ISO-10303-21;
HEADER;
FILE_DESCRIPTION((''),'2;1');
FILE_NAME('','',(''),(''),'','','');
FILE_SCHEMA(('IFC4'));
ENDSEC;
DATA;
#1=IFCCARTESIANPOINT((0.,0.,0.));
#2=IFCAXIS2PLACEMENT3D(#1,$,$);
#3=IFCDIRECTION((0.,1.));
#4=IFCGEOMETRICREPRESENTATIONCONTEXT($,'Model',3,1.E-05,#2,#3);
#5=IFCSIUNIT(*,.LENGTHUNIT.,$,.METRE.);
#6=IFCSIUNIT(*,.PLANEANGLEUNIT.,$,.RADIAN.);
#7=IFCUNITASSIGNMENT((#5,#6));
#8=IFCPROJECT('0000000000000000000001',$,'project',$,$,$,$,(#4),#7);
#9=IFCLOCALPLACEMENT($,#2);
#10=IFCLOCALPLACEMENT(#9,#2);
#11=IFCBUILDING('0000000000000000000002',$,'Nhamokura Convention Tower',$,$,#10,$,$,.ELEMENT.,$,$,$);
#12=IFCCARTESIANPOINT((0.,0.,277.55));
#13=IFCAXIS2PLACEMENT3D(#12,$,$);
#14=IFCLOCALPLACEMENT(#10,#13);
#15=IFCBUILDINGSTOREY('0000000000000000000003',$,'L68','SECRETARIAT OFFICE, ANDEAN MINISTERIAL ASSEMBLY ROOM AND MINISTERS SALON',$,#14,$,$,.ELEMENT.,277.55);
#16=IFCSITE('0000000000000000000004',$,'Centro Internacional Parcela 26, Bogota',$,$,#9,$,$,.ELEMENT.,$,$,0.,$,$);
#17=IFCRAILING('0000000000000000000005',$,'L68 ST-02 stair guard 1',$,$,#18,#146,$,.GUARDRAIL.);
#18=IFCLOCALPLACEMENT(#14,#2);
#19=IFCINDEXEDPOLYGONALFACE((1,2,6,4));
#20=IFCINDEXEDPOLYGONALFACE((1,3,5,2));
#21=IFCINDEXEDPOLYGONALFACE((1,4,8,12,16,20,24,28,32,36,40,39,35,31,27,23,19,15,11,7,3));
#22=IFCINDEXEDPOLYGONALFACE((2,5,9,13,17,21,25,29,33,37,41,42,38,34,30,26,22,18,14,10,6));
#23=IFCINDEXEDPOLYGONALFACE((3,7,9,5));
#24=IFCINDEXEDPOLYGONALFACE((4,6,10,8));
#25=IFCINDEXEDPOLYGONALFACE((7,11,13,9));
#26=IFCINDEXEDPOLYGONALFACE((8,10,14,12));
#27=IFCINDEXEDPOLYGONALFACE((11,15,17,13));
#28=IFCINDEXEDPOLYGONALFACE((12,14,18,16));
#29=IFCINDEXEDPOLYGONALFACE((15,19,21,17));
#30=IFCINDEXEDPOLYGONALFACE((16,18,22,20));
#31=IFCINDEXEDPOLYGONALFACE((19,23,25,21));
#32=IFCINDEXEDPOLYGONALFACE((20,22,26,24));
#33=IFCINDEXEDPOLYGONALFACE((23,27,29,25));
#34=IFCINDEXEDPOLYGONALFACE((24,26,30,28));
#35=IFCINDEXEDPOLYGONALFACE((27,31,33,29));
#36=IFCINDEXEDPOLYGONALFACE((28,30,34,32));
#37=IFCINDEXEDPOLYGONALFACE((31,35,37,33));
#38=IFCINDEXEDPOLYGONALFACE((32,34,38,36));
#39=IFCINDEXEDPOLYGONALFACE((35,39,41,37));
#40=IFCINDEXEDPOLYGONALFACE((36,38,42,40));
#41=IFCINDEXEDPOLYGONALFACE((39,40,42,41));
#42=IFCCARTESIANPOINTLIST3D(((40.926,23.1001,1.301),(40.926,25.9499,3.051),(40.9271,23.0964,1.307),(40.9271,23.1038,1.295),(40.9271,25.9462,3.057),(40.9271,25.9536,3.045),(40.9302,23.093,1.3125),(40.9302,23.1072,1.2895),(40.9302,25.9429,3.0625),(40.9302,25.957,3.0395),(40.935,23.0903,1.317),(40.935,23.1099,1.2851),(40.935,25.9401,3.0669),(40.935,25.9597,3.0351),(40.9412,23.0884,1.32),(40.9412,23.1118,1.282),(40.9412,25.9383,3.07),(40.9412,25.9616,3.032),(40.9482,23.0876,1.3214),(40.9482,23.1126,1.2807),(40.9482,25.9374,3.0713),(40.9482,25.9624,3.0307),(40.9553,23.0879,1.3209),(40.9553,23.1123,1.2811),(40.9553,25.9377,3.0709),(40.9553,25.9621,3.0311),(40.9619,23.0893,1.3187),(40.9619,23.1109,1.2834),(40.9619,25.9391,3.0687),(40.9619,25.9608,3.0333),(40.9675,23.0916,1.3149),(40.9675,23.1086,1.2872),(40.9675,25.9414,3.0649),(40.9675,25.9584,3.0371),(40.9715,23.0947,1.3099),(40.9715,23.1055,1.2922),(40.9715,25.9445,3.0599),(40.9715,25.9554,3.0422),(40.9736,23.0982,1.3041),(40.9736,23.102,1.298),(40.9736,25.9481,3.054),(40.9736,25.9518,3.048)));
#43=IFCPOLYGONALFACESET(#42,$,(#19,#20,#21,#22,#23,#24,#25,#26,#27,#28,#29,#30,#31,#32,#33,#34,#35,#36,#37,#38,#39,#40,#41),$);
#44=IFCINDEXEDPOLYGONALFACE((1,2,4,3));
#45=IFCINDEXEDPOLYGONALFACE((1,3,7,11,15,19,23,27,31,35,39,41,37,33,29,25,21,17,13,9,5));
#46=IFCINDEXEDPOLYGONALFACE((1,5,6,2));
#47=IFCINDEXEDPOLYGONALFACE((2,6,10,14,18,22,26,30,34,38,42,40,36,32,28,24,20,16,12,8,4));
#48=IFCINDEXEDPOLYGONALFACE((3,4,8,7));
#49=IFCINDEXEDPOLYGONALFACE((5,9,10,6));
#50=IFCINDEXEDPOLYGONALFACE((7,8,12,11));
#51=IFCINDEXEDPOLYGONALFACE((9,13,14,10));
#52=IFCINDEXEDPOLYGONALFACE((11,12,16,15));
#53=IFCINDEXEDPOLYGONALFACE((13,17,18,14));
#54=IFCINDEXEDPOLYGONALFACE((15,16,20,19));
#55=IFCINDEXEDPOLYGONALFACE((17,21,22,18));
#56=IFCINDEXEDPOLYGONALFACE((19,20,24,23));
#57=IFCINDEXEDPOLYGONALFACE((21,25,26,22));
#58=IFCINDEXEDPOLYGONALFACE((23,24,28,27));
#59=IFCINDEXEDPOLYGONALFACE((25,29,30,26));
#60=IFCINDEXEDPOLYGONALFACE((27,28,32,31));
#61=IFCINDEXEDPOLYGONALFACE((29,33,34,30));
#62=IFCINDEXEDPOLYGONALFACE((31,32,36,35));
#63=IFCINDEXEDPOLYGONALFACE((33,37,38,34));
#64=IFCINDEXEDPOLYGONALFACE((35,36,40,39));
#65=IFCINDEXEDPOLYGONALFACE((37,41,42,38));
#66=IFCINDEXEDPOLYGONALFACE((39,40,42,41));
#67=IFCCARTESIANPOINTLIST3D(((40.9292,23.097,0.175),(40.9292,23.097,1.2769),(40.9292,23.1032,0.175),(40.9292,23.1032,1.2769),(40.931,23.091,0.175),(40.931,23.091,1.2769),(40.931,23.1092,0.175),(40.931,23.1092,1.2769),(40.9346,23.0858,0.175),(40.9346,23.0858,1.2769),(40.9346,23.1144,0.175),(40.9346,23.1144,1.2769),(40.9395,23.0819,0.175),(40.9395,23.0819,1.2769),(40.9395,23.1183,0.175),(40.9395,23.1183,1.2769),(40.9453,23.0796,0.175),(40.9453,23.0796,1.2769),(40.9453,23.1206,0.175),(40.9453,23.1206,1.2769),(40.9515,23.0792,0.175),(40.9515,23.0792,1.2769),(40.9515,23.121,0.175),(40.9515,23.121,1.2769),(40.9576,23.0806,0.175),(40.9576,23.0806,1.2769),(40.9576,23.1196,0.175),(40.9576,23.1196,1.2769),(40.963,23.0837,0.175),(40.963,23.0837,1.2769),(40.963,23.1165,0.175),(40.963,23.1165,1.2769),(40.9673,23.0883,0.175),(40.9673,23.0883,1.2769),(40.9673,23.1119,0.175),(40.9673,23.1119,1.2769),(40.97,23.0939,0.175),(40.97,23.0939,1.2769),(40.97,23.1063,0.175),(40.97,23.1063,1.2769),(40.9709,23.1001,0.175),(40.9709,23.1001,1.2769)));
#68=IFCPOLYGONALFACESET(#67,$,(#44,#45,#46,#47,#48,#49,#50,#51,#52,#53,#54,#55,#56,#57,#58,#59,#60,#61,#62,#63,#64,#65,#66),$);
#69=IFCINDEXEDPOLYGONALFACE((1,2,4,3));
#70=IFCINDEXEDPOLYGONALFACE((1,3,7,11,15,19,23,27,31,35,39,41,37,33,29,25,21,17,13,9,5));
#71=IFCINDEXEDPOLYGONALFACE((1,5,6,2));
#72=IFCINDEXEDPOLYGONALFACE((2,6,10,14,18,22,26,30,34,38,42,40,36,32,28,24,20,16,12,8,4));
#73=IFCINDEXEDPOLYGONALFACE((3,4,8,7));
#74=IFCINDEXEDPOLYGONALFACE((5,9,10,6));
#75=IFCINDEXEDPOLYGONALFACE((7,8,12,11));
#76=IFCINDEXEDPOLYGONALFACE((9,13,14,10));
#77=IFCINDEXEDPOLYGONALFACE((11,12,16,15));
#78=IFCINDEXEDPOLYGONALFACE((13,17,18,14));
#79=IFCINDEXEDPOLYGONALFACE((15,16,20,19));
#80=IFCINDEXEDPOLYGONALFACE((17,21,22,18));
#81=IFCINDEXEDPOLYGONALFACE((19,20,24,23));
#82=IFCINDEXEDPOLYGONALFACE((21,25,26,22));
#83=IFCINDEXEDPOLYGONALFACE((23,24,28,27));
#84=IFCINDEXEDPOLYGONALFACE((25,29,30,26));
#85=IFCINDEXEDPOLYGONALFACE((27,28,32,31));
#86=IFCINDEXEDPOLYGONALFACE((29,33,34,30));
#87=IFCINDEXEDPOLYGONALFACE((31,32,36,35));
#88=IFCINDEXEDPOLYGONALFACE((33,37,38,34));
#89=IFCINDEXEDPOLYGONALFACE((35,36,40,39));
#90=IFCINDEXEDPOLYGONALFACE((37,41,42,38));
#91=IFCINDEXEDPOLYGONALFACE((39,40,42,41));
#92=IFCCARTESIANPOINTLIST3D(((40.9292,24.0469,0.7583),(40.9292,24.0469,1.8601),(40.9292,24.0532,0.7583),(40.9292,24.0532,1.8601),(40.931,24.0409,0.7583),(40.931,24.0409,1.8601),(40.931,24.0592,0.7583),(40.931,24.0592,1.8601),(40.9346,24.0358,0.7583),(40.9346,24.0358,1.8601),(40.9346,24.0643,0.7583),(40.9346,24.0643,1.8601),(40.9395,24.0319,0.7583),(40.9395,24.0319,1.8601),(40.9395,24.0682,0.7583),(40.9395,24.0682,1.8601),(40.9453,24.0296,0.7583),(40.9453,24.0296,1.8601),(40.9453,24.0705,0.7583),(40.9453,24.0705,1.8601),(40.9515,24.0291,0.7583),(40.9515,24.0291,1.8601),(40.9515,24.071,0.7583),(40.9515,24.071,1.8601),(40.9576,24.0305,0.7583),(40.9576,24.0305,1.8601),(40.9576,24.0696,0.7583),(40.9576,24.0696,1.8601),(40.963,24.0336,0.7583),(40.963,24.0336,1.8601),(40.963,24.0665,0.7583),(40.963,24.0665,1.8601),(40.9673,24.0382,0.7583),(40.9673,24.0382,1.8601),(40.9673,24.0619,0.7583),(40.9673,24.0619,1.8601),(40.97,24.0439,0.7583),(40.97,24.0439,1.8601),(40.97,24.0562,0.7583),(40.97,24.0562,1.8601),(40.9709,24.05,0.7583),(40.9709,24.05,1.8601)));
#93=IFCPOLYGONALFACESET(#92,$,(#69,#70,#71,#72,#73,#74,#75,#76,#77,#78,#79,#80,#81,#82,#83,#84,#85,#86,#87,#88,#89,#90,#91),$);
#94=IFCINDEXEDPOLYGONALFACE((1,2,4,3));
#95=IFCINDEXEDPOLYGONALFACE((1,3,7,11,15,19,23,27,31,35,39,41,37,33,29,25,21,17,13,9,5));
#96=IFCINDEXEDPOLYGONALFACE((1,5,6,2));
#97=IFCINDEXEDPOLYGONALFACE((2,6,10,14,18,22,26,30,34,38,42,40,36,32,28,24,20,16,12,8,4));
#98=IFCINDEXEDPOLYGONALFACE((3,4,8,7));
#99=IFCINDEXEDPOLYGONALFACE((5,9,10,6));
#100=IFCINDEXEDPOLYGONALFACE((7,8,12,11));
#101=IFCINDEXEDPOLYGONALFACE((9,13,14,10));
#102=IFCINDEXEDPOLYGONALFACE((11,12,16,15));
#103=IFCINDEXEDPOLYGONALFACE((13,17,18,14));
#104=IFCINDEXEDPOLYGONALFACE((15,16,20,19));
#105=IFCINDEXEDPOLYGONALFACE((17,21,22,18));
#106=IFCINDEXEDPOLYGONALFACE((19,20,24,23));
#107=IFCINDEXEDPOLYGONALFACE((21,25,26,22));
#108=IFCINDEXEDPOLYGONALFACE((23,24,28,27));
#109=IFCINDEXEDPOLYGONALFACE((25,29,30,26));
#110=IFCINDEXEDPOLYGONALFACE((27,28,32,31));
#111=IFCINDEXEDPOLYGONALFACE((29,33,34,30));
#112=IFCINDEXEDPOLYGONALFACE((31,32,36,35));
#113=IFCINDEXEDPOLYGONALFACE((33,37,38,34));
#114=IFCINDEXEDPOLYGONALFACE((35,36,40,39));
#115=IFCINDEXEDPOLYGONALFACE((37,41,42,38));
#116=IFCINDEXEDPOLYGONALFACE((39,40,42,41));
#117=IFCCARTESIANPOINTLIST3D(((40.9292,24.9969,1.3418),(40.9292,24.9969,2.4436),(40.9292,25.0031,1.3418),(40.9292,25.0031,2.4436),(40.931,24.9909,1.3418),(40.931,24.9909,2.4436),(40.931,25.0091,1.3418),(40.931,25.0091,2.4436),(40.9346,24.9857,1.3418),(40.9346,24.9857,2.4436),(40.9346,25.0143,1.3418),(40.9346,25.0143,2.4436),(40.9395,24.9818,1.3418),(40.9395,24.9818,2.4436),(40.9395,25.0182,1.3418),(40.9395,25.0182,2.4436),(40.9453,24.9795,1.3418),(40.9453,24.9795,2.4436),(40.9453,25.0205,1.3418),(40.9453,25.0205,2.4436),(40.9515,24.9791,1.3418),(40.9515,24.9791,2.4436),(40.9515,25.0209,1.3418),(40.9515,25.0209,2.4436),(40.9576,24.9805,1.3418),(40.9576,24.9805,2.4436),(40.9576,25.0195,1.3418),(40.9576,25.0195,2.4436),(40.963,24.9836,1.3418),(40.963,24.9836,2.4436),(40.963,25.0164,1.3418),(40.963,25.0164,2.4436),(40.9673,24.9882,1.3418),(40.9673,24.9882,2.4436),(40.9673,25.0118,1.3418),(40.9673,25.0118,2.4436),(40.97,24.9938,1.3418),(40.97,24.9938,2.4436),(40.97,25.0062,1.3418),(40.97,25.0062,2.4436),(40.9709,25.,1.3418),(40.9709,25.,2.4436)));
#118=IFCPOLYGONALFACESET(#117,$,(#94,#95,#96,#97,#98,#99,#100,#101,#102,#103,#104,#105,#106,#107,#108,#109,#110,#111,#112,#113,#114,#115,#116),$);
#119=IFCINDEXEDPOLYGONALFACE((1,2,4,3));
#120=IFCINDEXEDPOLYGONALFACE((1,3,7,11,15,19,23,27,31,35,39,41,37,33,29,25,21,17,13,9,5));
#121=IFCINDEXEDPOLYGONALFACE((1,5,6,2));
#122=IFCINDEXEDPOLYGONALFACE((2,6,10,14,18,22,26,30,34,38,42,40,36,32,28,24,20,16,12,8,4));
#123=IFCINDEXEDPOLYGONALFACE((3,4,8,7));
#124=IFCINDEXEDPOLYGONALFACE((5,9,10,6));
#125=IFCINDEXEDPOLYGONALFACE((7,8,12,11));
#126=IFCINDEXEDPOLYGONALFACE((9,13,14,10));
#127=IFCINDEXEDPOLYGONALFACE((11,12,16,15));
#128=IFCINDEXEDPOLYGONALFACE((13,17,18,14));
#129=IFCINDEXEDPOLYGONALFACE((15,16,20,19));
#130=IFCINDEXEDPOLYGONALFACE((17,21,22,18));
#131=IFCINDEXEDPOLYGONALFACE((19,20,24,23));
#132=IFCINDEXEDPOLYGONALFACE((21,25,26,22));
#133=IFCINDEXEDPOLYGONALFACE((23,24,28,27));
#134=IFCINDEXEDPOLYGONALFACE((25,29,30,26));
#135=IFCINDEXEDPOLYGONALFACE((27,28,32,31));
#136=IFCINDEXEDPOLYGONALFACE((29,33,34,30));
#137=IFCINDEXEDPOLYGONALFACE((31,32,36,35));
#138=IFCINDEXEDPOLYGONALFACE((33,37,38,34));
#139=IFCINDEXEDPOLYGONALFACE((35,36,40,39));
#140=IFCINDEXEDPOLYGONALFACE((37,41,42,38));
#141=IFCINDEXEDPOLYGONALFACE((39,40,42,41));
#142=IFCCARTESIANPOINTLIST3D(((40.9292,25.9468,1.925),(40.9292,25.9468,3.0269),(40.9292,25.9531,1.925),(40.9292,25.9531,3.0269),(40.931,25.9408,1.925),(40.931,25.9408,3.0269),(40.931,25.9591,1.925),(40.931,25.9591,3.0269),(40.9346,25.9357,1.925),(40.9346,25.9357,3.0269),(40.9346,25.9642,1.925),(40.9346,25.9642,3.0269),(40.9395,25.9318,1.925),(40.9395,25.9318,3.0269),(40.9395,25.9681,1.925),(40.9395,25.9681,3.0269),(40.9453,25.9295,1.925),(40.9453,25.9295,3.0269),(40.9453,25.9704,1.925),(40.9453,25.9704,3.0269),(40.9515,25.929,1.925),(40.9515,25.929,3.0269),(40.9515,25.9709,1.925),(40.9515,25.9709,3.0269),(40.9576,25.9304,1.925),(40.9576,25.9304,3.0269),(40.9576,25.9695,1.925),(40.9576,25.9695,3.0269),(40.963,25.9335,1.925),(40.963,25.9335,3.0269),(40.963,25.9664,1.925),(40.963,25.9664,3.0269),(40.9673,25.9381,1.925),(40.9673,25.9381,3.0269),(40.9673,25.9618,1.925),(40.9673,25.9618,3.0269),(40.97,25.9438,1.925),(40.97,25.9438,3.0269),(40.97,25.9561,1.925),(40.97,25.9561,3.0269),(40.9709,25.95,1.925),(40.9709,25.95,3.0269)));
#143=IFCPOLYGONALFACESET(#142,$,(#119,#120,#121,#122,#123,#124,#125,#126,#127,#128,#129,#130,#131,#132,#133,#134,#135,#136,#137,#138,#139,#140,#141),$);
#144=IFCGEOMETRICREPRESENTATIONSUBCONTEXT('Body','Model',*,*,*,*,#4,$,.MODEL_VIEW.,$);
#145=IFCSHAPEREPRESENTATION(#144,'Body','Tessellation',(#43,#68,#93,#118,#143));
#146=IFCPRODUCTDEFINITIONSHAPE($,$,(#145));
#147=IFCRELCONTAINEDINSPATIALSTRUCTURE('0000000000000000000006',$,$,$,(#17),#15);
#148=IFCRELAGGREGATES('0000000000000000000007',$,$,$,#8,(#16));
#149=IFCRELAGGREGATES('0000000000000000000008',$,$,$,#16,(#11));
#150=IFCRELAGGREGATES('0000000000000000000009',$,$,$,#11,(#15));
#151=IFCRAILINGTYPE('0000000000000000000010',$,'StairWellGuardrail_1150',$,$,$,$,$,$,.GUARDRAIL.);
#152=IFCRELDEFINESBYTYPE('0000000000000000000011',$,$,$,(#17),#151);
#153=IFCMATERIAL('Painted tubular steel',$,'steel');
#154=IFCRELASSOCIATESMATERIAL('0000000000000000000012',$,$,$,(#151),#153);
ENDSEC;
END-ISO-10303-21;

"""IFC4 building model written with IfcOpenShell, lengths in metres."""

from ifc_helpers import new_model, si_unit, direction, frame, origin, origin_2d, place, context, subcontext, project, spatial, circle, extrude, material, type_object, element, save


model = new_model("IFC4")

# Units and contexts
model_context = context("Model", 3, precision=1e-05, world=origin(), true_north=direction((0.0, 1.0)))
body_context = subcontext(model_context, "Body", "Model", "MODEL_VIEW")
ifc_project = project(units=[si_unit("LENGTHUNIT", "METRE"), si_unit("PLANEANGLEUNIT", "RADIAN")], contexts=[model_context])

# Site, building, storey
site_placement = place(None, origin())
site = spatial("IfcSite", under=ifc_project, at=site_placement, Name="Centro Internacional Parcela 26, Bogota", CompositionType="ELEMENT", RefElevation=0.0)
building_placement = place(site_placement, origin())
building = spatial("IfcBuilding", under=site, at=building_placement, Name="Nhamokura Convention Tower", CompositionType="ELEMENT")
storey_placement = place(building_placement, frame((0.0, 0.0, 277.55)))
storey = spatial("IfcBuildingStorey", under=building, at=storey_placement, Name="L68", Description="SECRETARIAT OFFICE, ANDEAN MINISTERIAL ASSEMBLY ROOM AND MINISTERS SALON", CompositionType="ELEMENT", Elevation=277.55)

# Railing
ifc_material_1 = material(Name="Painted tubular steel", Category="steel")
railing_type_1 = type_object("IfcRailingType", Name="StairWellGuardrail_1150", PredefinedType="GUARDRAIL", material=ifc_material_1)
railing_1_placement = place(storey_placement, frame((40.95, 23.1001, 0.175)))
element("IfcRailing", 1, at=railing_1_placement, inside=storey, type_object=railing_type_1, Name="L68 ST-02 stair guard 1", PredefinedType="GUARDRAIL", context=body_context, shape_type="SweptSolid", body=[
    extrude(circle(Radius=0.0239, at=origin_2d()), frame((0.0, 0.0, 1.126), z_axis=(0.0, 0.852159, 0.523283), x_axis=(-1.0, 0.0, 0.0)), (0.0, 0.0, 1.0), 3.3442),
    extrude(circle(Radius=0.021, at=origin_2d()), origin(), (0.0, 0.0, 1.0), 1.1018),
    extrude(circle(Radius=0.021, at=origin_2d()), frame((0.0, 0.95, 0.5833)), (0.0, 0.0, 1.0), 1.1018),
    extrude(circle(Radius=0.021, at=origin_2d()), frame((0.0, 1.8999, 1.1667)), (0.0, 0.0, 1.0), 1.1018),
    extrude(circle(Radius=0.021, at=origin_2d()), frame((0.0, 2.8499, 1.75)), (0.0, 0.0, 1.0), 1.1018),
])

save(model, "model.ifc")
